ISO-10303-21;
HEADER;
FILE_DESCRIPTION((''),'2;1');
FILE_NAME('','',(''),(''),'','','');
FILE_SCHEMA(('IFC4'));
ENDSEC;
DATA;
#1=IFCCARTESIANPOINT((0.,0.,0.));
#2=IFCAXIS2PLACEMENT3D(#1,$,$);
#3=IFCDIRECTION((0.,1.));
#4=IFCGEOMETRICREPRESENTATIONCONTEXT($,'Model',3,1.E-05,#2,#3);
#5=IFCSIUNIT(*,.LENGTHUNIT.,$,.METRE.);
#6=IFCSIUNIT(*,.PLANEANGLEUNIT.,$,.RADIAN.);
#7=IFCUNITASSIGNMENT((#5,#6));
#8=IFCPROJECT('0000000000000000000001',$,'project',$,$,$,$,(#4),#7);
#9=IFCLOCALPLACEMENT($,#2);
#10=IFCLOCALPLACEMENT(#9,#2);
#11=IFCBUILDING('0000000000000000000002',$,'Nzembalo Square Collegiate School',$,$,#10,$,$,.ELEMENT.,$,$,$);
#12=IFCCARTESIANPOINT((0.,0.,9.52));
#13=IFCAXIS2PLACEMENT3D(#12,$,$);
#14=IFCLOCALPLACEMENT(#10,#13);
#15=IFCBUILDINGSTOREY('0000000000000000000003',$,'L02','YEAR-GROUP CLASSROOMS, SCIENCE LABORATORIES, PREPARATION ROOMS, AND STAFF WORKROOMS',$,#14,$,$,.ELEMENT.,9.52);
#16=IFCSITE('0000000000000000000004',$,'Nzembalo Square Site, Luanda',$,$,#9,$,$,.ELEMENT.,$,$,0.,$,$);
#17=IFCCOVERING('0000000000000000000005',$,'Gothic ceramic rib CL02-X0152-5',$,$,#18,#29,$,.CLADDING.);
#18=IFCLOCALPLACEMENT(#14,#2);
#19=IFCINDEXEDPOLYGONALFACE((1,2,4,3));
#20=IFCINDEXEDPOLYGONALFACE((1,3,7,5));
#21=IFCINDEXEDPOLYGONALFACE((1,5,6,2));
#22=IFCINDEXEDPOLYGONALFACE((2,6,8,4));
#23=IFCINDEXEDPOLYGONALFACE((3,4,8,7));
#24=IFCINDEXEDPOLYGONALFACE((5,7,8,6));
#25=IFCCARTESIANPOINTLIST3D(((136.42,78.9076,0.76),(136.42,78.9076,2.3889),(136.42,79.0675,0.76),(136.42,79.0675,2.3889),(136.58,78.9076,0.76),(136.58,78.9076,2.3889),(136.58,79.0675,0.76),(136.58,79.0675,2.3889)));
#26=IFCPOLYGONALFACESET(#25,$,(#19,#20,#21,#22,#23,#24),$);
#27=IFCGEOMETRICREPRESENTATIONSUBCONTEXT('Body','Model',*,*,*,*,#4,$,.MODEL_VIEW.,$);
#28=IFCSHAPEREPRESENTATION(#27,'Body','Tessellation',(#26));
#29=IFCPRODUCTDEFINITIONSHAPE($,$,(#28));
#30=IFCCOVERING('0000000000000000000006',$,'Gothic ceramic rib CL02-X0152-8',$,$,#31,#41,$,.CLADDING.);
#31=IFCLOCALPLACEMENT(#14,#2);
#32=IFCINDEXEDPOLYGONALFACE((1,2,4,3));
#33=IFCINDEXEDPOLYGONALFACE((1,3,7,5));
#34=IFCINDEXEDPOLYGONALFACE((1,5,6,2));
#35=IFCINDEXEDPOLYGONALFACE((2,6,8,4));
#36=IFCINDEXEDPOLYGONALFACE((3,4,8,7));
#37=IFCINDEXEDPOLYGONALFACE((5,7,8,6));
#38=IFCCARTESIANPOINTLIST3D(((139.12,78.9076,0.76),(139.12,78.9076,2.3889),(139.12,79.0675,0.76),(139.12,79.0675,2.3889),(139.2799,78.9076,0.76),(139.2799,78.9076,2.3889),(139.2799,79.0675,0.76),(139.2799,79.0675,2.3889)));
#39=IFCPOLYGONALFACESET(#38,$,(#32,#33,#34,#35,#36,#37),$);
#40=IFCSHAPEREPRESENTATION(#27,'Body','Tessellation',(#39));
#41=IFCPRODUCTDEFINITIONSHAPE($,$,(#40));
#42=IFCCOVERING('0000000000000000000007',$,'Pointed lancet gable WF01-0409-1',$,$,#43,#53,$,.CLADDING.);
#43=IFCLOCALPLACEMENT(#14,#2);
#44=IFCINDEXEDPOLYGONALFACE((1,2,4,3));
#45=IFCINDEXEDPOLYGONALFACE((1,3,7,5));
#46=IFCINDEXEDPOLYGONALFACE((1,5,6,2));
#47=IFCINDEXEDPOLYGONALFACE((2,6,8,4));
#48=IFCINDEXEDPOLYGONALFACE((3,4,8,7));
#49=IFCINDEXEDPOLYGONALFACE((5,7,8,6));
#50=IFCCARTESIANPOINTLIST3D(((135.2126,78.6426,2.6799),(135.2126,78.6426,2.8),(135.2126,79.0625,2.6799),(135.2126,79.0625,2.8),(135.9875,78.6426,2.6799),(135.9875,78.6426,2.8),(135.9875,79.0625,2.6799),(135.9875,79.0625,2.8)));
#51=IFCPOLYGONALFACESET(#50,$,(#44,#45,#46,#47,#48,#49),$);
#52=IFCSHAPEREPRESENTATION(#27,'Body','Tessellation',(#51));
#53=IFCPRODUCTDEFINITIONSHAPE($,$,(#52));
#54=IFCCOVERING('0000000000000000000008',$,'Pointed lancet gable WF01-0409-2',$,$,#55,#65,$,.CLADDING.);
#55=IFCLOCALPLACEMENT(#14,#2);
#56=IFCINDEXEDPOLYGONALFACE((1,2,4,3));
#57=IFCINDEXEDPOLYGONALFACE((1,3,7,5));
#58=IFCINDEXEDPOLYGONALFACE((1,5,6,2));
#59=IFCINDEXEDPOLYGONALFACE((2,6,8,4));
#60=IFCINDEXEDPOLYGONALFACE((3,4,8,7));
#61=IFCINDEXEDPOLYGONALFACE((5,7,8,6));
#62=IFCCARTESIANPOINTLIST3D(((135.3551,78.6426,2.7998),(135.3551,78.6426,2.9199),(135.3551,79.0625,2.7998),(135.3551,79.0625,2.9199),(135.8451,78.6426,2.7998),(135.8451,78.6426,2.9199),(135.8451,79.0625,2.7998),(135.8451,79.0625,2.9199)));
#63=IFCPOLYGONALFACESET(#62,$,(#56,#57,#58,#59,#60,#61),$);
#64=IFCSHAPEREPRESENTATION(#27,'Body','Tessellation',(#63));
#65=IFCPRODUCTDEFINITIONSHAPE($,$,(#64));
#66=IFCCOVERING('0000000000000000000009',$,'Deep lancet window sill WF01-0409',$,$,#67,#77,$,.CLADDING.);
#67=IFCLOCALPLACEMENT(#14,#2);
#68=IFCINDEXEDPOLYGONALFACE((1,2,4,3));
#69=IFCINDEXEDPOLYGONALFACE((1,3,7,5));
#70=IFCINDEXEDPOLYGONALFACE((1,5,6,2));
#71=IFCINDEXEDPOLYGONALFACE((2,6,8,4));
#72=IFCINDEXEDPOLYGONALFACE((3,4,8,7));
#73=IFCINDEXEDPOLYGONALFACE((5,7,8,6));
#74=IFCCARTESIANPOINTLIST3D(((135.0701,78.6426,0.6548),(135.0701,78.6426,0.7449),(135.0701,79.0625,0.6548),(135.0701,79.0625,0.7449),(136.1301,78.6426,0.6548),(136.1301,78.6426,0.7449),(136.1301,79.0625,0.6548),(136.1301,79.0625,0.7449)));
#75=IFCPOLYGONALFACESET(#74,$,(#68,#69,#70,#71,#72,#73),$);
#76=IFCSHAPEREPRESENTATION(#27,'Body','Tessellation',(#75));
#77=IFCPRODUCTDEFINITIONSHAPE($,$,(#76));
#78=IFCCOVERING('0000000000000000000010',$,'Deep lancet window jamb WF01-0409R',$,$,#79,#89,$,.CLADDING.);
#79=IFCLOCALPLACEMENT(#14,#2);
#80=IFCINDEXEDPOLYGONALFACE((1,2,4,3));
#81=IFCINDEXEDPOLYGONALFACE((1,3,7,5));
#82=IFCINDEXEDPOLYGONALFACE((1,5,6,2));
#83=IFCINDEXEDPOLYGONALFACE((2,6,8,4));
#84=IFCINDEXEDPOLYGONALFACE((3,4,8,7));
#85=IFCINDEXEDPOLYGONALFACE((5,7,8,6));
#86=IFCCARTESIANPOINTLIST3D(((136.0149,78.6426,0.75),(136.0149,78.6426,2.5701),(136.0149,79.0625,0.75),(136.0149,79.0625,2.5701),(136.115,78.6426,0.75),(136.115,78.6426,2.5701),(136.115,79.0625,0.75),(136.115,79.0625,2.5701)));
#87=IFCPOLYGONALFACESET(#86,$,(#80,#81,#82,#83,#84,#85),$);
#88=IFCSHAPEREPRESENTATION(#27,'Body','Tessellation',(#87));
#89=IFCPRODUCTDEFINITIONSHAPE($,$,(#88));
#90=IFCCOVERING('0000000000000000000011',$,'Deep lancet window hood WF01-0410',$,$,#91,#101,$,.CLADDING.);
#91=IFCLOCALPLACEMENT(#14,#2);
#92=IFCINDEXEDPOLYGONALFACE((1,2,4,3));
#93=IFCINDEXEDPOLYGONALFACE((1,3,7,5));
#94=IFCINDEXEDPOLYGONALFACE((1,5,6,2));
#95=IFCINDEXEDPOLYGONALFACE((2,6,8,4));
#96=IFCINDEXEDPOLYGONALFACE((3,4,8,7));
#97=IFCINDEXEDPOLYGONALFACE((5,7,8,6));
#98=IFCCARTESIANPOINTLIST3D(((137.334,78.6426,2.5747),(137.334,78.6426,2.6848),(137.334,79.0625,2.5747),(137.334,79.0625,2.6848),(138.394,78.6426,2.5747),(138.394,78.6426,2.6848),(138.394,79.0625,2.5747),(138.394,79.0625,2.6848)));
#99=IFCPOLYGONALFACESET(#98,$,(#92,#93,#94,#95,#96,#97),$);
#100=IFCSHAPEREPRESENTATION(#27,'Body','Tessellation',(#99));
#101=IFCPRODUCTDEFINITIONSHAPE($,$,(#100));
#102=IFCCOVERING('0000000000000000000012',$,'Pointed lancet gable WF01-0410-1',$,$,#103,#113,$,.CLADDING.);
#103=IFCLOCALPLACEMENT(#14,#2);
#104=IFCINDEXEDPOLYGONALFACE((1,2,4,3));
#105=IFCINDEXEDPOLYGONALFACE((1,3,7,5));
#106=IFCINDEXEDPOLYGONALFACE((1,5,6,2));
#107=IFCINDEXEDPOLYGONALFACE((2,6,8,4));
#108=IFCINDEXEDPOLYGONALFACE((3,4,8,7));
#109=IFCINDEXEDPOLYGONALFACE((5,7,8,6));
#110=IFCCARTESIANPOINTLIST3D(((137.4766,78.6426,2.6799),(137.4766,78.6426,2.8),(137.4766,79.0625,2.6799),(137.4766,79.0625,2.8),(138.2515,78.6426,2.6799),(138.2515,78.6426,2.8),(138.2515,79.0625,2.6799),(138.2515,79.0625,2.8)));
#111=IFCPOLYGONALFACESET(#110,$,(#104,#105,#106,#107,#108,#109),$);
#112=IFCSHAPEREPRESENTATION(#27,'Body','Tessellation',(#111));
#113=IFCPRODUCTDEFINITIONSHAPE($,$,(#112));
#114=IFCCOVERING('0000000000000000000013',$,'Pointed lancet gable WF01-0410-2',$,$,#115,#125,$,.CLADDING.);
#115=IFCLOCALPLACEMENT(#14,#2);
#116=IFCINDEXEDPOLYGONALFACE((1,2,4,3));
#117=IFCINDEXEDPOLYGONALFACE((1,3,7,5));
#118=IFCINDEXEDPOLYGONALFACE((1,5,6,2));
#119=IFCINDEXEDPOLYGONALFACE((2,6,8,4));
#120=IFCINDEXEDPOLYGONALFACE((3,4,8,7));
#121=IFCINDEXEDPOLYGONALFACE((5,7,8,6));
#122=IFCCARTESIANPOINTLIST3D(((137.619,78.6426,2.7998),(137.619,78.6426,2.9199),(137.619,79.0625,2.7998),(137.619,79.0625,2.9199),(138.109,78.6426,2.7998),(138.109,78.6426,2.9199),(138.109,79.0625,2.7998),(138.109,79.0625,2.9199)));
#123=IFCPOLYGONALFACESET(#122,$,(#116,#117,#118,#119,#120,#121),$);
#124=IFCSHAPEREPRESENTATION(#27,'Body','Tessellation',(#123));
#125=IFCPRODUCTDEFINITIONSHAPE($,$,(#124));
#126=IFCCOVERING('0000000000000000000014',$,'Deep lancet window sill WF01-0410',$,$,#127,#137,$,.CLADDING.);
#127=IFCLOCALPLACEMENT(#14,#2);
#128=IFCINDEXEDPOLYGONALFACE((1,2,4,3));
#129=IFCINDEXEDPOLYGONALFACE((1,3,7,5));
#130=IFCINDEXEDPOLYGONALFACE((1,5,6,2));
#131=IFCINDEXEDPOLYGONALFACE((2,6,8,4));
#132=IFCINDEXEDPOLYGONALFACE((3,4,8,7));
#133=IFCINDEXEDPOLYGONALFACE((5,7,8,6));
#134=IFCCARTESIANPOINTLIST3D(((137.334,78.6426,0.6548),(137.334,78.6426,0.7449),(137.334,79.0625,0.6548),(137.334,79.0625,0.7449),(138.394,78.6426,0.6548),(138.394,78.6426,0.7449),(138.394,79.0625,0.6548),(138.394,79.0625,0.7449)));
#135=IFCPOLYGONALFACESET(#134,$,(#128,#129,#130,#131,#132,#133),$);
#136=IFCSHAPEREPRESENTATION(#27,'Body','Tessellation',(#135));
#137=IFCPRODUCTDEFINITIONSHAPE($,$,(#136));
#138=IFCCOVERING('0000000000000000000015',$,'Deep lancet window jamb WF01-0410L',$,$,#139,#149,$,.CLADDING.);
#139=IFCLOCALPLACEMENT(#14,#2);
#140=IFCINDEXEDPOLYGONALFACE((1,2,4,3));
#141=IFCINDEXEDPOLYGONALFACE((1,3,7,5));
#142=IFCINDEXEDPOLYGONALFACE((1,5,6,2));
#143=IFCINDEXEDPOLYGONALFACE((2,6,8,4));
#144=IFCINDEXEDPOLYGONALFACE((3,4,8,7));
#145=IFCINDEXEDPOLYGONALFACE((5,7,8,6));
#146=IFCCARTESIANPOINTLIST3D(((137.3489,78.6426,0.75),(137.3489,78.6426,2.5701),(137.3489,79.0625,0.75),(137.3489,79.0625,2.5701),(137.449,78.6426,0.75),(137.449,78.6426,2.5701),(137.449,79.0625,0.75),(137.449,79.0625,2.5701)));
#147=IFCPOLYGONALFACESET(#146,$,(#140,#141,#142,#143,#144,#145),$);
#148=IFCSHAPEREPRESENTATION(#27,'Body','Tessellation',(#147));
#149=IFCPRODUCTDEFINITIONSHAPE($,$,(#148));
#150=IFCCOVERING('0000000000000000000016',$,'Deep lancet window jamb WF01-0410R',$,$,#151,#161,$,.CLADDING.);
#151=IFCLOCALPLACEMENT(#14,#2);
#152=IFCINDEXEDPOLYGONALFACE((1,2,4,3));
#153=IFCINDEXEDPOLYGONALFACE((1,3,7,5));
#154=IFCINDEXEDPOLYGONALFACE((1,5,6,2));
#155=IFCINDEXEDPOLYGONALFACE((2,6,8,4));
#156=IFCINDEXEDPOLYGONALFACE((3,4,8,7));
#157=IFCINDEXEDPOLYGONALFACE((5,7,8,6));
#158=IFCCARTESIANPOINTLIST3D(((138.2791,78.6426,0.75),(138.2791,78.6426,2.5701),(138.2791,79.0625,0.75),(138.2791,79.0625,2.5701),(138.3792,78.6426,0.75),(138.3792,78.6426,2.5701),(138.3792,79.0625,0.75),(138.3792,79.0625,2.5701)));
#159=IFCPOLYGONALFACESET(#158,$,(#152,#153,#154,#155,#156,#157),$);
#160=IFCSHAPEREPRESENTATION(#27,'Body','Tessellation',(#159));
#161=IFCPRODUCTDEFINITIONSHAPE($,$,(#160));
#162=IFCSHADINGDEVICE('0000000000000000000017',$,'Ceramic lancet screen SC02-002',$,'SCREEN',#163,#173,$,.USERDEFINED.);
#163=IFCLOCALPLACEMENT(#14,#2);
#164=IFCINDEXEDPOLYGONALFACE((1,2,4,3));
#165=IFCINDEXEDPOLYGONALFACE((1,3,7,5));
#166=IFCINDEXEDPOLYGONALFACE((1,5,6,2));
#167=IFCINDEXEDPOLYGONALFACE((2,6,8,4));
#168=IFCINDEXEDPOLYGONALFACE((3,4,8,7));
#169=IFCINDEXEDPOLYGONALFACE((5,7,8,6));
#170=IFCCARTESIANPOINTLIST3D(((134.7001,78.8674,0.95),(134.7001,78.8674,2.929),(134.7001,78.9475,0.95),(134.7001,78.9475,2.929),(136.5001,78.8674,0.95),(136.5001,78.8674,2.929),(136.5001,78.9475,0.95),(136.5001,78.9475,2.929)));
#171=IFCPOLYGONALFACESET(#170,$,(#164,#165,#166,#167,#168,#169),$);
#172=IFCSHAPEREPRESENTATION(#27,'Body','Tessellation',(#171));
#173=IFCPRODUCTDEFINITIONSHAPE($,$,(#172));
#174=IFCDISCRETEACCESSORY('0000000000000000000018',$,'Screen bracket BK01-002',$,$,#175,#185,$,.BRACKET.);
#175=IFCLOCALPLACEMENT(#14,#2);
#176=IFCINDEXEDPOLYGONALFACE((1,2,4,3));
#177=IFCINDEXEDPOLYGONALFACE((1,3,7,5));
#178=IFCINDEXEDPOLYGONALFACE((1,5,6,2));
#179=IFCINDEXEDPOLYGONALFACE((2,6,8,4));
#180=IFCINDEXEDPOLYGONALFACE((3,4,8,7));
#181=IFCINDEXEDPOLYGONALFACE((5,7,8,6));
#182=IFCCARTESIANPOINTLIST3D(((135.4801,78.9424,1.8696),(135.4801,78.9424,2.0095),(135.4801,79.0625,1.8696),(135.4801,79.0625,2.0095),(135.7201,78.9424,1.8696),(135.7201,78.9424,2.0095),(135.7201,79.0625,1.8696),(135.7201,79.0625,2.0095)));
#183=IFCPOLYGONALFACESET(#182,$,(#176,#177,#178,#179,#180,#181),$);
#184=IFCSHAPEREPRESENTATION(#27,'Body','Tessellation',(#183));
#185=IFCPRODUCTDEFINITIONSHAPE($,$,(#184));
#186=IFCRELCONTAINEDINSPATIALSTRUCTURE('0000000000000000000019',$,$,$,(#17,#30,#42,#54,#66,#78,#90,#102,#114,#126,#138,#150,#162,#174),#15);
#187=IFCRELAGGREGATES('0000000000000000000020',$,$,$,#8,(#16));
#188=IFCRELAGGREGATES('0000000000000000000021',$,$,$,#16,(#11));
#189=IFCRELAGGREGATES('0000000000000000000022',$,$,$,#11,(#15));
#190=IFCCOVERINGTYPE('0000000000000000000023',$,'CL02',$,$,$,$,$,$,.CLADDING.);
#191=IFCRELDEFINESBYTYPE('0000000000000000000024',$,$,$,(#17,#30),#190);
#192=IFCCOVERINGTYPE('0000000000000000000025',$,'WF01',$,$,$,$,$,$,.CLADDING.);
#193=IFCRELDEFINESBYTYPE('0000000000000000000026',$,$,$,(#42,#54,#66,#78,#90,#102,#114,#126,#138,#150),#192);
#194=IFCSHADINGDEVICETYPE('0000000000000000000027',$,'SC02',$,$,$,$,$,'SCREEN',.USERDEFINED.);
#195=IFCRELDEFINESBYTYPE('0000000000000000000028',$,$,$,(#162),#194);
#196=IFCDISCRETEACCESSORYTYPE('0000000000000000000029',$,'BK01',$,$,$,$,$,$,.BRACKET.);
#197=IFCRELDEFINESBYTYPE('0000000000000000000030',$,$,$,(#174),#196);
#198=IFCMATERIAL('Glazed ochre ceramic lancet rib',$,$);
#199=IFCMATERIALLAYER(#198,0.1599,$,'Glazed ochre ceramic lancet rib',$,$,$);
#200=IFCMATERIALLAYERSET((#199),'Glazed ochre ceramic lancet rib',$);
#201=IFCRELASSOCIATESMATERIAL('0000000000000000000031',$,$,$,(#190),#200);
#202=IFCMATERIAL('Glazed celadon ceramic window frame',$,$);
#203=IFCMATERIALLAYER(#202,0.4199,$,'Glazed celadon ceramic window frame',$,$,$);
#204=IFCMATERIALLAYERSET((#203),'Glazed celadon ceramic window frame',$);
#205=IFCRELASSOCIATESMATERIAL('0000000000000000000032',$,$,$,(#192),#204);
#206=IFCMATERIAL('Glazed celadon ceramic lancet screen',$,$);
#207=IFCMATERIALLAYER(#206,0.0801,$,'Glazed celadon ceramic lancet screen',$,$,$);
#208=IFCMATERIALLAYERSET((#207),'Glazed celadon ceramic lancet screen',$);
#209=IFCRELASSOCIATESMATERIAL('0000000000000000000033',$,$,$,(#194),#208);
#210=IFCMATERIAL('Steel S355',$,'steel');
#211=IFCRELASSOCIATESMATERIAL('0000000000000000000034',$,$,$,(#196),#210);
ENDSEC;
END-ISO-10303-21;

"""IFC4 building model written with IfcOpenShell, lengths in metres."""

from ifc_helpers import new_model, si_unit, direction, frame, origin, origin_2d, place, context, subcontext, project, spatial, rectangle, extrude, material, layer, layer_set, type_object, element, save


model = new_model("IFC4")

# Units and contexts
model_context = context("Model", 3, precision=1e-05, world=origin(), true_north=direction((0.0, 1.0)))
body_context = subcontext(model_context, "Body", "Model", "MODEL_VIEW")
ifc_project = project(units=[si_unit("LENGTHUNIT", "METRE"), si_unit("PLANEANGLEUNIT", "RADIAN")], contexts=[model_context])

# Site, building, storey
site_placement = place(None, origin())
site = spatial("IfcSite", under=ifc_project, at=site_placement, Name="Nzembalo Square Site, Luanda", CompositionType="ELEMENT", RefElevation=0.0)
building_placement = place(site_placement, origin())
building = spatial("IfcBuilding", under=site, at=building_placement, Name="Nzembalo Square Collegiate School", CompositionType="ELEMENT")
storey_placement = place(building_placement, frame((0.0, 0.0, 9.52)))
storey = spatial("IfcBuildingStorey", under=building, at=storey_placement, Name="L02", Description="YEAR-GROUP CLASSROOMS, SCIENCE LABORATORIES, PREPARATION ROOMS, AND STAFF WORKROOMS", CompositionType="ELEMENT", Elevation=9.52)

# Coverings
ifc_material_1 = material(Name="Glazed ochre ceramic lancet rib")
ifc_layer_1 = layer(ifc_material_1, 0.1599, Name="Glazed ochre ceramic lancet rib")
ifc_layer_set_1 = layer_set([ifc_layer_1], Name="Glazed ochre ceramic lancet rib")
covering_type_1 = type_object("IfcCoveringType", Name="CL02", PredefinedType="CLADDING", material=ifc_layer_set_1)
for number, where, z_axis, x_axis, name in (
    (1, (136.5, 78.9875, 0.76), (0.0, 0.0, 1.0), (1.0, 0.0, 0.0), "Gothic ceramic rib CL02-X0152-5"),
    (2, (139.2, 78.9875, 0.76), (0.0, 0.0, 1.0), (1.0, 0.0, 0.0), "Gothic ceramic rib CL02-X0152-8"),
):
    element("IfcCovering", number, at=place(storey_placement, frame(where, z_axis=z_axis, x_axis=x_axis)), inside=storey, type_object=covering_type_1, Name=name, PredefinedType="CLADDING", context=body_context, shape_type="SweptSolid", body=[
        extrude(rectangle(XDim=0.1599, YDim=0.1599, at=origin_2d()), origin(), (0.0, 0.0, 1.0), 1.6289),
    ])
ifc_material_2 = material(Name="Glazed celadon ceramic window frame")
ifc_layer_2 = layer(ifc_material_2, 0.4199, Name="Glazed celadon ceramic window frame")
ifc_layer_set_2 = layer_set([ifc_layer_2], Name="Glazed celadon ceramic window frame")
covering_type_2 = type_object("IfcCoveringType", Name="WF01", PredefinedType="CLADDING", material=ifc_layer_set_2)
covering_1_placement = place(storey_placement, frame((135.6001, 78.8525, 2.6799), z_axis=(0.0, 0.0, 1.0), x_axis=(1.0, 0.0, 0.0)))
element("IfcCovering", 3, at=covering_1_placement, inside=storey, type_object=covering_type_2, Name="Pointed lancet gable WF01-0409-1", PredefinedType="CLADDING", context=body_context, shape_type="SweptSolid", body=[
    extrude(rectangle(XDim=0.7749, YDim=0.4199, at=origin_2d()), origin(), (0.0, 0.0, 1.0), 0.1201),
])
covering_2_placement = place(storey_placement, frame((135.6001, 78.8525, 2.7998), z_axis=(0.0, 0.0, 1.0), x_axis=(1.0, 0.0, 0.0)))
element("IfcCovering", 4, at=covering_2_placement, inside=storey, type_object=covering_type_2, Name="Pointed lancet gable WF01-0409-2", PredefinedType="CLADDING", context=body_context, shape_type="SweptSolid", body=[
    extrude(rectangle(XDim=0.49, YDim=0.4199, at=origin_2d()), origin(), (0.0, 0.0, 1.0), 0.1201),
])
covering_3_placement = place(storey_placement, frame((135.6001, 78.8525, 0.6548), z_axis=(0.0, 0.0, 1.0), x_axis=(1.0, 0.0, 0.0)))
element("IfcCovering", 5, at=covering_3_placement, inside=storey, type_object=covering_type_2, Name="Deep lancet window sill WF01-0409", PredefinedType="CLADDING", context=body_context, shape_type="SweptSolid", body=[
    extrude(rectangle(XDim=1.0601, YDim=0.4199, at=origin_2d()), origin(), (0.0, 0.0, 1.0), 0.0901),
])
covering_4_placement = place(storey_placement, frame((136.0649, 78.8525, 0.75), z_axis=(0.0, 0.0, 1.0), x_axis=(1.0, 0.0, 0.0)))
element("IfcCovering", 6, at=covering_4_placement, inside=storey, type_object=covering_type_2, Name="Deep lancet window jamb WF01-0409R", PredefinedType="CLADDING", context=body_context, shape_type="SweptSolid", body=[
    extrude(rectangle(XDim=0.1001, YDim=0.4199, at=origin_2d()), origin(), (0.0, 0.0, 1.0), 1.8201),
])
covering_5_placement = place(storey_placement, frame((137.864, 78.8525, 2.5747), z_axis=(0.0, 0.0, 1.0), x_axis=(1.0, 0.0, 0.0)))
element("IfcCovering", 7, at=covering_5_placement, inside=storey, type_object=covering_type_2, Name="Deep lancet window hood WF01-0410", PredefinedType="CLADDING", context=body_context, shape_type="SweptSolid", body=[
    extrude(rectangle(XDim=1.0601, YDim=0.4199, at=origin_2d()), origin(), (0.0, 0.0, 1.0), 0.1101),
])
covering_6_placement = place(storey_placement, frame((137.864, 78.8525, 2.6799), z_axis=(0.0, 0.0, 1.0), x_axis=(1.0, 0.0, 0.0)))
element("IfcCovering", 8, at=covering_6_placement, inside=storey, type_object=covering_type_2, Name="Pointed lancet gable WF01-0410-1", PredefinedType="CLADDING", context=body_context, shape_type="SweptSolid", body=[
    extrude(rectangle(XDim=0.7749, YDim=0.4199, at=origin_2d()), origin(), (0.0, 0.0, 1.0), 0.1201),
])
covering_7_placement = place(storey_placement, frame((137.864, 78.8525, 2.7998), z_axis=(0.0, 0.0, 1.0), x_axis=(1.0, 0.0, 0.0)))
element("IfcCovering", 9, at=covering_7_placement, inside=storey, type_object=covering_type_2, Name="Pointed lancet gable WF01-0410-2", PredefinedType="CLADDING", context=body_context, shape_type="SweptSolid", body=[
    extrude(rectangle(XDim=0.49, YDim=0.4199, at=origin_2d()), origin(), (0.0, 0.0, 1.0), 0.1201),
])
covering_8_placement = place(storey_placement, frame((137.864, 78.8525, 0.6548), z_axis=(0.0, 0.0, 1.0), x_axis=(1.0, 0.0, 0.0)))
element("IfcCovering", 10, at=covering_8_placement, inside=storey, type_object=covering_type_2, Name="Deep lancet window sill WF01-0410", PredefinedType="CLADDING", context=body_context, shape_type="SweptSolid", body=[
    extrude(rectangle(XDim=1.0601, YDim=0.4199, at=origin_2d()), origin(), (0.0, 0.0, 1.0), 0.0901),
])
for number, where, z_axis, x_axis, name in (
    (11, (137.3989, 78.8525, 0.75), (0.0, 0.0, 1.0), (1.0, 0.0, 0.0), "Deep lancet window jamb WF01-0410L"),
    (12, (138.3291, 78.8525, 0.75), (0.0, 0.0, 1.0), (1.0, 0.0, 0.0), "Deep lancet window jamb WF01-0410R"),
):
    element("IfcCovering", number, at=place(storey_placement, frame(where, z_axis=z_axis, x_axis=x_axis)), inside=storey, type_object=covering_type_2, Name=name, PredefinedType="CLADDING", context=body_context, shape_type="SweptSolid", body=[
        extrude(rectangle(XDim=0.1001, YDim=0.4199, at=origin_2d()), origin(), (0.0, 0.0, 1.0), 1.8201),
    ])

# Shading device
ifc_material_3 = material(Name="Glazed celadon ceramic lancet screen")
ifc_layer_3 = layer(ifc_material_3, 0.0801, Name="Glazed celadon ceramic lancet screen")
ifc_layer_set_3 = layer_set([ifc_layer_3], Name="Glazed celadon ceramic lancet screen")
shading_device_type = type_object("IfcShadingDeviceType", Name="SC02", ElementType="SCREEN", PredefinedType="USERDEFINED", material=ifc_layer_set_3)
shading_device_placement = place(storey_placement, frame((135.6001, 78.9075, 0.95), z_axis=(0.0, 0.0, 1.0), x_axis=(1.0, 0.0, 0.0)))
element("IfcShadingDevice", 13, at=shading_device_placement, inside=storey, type_object=shading_device_type, Name="Ceramic lancet screen SC02-002", ObjectType="SCREEN", PredefinedType="USERDEFINED", context=body_context, shape_type="SweptSolid", body=[
    extrude(rectangle(XDim=1.8, YDim=0.0801, at=origin_2d()), origin(), (0.0, 0.0, 1.0), 1.979),
])

# Discrete accessory
ifc_material_4 = material(Name="Steel S355", Category="steel")
discrete_accessory_type = type_object("IfcDiscreteAccessoryType", Name="BK01", PredefinedType="BRACKET", material=ifc_material_4)
discrete_accessory_placement = place(storey_placement, frame((135.6001, 79.0024, 1.8696), z_axis=(0.0, 0.0, 1.0), x_axis=(1.0, 0.0, 0.0)))
element("IfcDiscreteAccessory", 14, at=discrete_accessory_placement, inside=storey, type_object=discrete_accessory_type, Name="Screen bracket BK01-002", PredefinedType="BRACKET", context=body_context, shape_type="SweptSolid", body=[
    extrude(rectangle(XDim=0.24, YDim=0.1201, at=origin_2d()), origin(), (0.0, 0.0, 1.0), 0.1399),
])

save(model, "model.ifc")
